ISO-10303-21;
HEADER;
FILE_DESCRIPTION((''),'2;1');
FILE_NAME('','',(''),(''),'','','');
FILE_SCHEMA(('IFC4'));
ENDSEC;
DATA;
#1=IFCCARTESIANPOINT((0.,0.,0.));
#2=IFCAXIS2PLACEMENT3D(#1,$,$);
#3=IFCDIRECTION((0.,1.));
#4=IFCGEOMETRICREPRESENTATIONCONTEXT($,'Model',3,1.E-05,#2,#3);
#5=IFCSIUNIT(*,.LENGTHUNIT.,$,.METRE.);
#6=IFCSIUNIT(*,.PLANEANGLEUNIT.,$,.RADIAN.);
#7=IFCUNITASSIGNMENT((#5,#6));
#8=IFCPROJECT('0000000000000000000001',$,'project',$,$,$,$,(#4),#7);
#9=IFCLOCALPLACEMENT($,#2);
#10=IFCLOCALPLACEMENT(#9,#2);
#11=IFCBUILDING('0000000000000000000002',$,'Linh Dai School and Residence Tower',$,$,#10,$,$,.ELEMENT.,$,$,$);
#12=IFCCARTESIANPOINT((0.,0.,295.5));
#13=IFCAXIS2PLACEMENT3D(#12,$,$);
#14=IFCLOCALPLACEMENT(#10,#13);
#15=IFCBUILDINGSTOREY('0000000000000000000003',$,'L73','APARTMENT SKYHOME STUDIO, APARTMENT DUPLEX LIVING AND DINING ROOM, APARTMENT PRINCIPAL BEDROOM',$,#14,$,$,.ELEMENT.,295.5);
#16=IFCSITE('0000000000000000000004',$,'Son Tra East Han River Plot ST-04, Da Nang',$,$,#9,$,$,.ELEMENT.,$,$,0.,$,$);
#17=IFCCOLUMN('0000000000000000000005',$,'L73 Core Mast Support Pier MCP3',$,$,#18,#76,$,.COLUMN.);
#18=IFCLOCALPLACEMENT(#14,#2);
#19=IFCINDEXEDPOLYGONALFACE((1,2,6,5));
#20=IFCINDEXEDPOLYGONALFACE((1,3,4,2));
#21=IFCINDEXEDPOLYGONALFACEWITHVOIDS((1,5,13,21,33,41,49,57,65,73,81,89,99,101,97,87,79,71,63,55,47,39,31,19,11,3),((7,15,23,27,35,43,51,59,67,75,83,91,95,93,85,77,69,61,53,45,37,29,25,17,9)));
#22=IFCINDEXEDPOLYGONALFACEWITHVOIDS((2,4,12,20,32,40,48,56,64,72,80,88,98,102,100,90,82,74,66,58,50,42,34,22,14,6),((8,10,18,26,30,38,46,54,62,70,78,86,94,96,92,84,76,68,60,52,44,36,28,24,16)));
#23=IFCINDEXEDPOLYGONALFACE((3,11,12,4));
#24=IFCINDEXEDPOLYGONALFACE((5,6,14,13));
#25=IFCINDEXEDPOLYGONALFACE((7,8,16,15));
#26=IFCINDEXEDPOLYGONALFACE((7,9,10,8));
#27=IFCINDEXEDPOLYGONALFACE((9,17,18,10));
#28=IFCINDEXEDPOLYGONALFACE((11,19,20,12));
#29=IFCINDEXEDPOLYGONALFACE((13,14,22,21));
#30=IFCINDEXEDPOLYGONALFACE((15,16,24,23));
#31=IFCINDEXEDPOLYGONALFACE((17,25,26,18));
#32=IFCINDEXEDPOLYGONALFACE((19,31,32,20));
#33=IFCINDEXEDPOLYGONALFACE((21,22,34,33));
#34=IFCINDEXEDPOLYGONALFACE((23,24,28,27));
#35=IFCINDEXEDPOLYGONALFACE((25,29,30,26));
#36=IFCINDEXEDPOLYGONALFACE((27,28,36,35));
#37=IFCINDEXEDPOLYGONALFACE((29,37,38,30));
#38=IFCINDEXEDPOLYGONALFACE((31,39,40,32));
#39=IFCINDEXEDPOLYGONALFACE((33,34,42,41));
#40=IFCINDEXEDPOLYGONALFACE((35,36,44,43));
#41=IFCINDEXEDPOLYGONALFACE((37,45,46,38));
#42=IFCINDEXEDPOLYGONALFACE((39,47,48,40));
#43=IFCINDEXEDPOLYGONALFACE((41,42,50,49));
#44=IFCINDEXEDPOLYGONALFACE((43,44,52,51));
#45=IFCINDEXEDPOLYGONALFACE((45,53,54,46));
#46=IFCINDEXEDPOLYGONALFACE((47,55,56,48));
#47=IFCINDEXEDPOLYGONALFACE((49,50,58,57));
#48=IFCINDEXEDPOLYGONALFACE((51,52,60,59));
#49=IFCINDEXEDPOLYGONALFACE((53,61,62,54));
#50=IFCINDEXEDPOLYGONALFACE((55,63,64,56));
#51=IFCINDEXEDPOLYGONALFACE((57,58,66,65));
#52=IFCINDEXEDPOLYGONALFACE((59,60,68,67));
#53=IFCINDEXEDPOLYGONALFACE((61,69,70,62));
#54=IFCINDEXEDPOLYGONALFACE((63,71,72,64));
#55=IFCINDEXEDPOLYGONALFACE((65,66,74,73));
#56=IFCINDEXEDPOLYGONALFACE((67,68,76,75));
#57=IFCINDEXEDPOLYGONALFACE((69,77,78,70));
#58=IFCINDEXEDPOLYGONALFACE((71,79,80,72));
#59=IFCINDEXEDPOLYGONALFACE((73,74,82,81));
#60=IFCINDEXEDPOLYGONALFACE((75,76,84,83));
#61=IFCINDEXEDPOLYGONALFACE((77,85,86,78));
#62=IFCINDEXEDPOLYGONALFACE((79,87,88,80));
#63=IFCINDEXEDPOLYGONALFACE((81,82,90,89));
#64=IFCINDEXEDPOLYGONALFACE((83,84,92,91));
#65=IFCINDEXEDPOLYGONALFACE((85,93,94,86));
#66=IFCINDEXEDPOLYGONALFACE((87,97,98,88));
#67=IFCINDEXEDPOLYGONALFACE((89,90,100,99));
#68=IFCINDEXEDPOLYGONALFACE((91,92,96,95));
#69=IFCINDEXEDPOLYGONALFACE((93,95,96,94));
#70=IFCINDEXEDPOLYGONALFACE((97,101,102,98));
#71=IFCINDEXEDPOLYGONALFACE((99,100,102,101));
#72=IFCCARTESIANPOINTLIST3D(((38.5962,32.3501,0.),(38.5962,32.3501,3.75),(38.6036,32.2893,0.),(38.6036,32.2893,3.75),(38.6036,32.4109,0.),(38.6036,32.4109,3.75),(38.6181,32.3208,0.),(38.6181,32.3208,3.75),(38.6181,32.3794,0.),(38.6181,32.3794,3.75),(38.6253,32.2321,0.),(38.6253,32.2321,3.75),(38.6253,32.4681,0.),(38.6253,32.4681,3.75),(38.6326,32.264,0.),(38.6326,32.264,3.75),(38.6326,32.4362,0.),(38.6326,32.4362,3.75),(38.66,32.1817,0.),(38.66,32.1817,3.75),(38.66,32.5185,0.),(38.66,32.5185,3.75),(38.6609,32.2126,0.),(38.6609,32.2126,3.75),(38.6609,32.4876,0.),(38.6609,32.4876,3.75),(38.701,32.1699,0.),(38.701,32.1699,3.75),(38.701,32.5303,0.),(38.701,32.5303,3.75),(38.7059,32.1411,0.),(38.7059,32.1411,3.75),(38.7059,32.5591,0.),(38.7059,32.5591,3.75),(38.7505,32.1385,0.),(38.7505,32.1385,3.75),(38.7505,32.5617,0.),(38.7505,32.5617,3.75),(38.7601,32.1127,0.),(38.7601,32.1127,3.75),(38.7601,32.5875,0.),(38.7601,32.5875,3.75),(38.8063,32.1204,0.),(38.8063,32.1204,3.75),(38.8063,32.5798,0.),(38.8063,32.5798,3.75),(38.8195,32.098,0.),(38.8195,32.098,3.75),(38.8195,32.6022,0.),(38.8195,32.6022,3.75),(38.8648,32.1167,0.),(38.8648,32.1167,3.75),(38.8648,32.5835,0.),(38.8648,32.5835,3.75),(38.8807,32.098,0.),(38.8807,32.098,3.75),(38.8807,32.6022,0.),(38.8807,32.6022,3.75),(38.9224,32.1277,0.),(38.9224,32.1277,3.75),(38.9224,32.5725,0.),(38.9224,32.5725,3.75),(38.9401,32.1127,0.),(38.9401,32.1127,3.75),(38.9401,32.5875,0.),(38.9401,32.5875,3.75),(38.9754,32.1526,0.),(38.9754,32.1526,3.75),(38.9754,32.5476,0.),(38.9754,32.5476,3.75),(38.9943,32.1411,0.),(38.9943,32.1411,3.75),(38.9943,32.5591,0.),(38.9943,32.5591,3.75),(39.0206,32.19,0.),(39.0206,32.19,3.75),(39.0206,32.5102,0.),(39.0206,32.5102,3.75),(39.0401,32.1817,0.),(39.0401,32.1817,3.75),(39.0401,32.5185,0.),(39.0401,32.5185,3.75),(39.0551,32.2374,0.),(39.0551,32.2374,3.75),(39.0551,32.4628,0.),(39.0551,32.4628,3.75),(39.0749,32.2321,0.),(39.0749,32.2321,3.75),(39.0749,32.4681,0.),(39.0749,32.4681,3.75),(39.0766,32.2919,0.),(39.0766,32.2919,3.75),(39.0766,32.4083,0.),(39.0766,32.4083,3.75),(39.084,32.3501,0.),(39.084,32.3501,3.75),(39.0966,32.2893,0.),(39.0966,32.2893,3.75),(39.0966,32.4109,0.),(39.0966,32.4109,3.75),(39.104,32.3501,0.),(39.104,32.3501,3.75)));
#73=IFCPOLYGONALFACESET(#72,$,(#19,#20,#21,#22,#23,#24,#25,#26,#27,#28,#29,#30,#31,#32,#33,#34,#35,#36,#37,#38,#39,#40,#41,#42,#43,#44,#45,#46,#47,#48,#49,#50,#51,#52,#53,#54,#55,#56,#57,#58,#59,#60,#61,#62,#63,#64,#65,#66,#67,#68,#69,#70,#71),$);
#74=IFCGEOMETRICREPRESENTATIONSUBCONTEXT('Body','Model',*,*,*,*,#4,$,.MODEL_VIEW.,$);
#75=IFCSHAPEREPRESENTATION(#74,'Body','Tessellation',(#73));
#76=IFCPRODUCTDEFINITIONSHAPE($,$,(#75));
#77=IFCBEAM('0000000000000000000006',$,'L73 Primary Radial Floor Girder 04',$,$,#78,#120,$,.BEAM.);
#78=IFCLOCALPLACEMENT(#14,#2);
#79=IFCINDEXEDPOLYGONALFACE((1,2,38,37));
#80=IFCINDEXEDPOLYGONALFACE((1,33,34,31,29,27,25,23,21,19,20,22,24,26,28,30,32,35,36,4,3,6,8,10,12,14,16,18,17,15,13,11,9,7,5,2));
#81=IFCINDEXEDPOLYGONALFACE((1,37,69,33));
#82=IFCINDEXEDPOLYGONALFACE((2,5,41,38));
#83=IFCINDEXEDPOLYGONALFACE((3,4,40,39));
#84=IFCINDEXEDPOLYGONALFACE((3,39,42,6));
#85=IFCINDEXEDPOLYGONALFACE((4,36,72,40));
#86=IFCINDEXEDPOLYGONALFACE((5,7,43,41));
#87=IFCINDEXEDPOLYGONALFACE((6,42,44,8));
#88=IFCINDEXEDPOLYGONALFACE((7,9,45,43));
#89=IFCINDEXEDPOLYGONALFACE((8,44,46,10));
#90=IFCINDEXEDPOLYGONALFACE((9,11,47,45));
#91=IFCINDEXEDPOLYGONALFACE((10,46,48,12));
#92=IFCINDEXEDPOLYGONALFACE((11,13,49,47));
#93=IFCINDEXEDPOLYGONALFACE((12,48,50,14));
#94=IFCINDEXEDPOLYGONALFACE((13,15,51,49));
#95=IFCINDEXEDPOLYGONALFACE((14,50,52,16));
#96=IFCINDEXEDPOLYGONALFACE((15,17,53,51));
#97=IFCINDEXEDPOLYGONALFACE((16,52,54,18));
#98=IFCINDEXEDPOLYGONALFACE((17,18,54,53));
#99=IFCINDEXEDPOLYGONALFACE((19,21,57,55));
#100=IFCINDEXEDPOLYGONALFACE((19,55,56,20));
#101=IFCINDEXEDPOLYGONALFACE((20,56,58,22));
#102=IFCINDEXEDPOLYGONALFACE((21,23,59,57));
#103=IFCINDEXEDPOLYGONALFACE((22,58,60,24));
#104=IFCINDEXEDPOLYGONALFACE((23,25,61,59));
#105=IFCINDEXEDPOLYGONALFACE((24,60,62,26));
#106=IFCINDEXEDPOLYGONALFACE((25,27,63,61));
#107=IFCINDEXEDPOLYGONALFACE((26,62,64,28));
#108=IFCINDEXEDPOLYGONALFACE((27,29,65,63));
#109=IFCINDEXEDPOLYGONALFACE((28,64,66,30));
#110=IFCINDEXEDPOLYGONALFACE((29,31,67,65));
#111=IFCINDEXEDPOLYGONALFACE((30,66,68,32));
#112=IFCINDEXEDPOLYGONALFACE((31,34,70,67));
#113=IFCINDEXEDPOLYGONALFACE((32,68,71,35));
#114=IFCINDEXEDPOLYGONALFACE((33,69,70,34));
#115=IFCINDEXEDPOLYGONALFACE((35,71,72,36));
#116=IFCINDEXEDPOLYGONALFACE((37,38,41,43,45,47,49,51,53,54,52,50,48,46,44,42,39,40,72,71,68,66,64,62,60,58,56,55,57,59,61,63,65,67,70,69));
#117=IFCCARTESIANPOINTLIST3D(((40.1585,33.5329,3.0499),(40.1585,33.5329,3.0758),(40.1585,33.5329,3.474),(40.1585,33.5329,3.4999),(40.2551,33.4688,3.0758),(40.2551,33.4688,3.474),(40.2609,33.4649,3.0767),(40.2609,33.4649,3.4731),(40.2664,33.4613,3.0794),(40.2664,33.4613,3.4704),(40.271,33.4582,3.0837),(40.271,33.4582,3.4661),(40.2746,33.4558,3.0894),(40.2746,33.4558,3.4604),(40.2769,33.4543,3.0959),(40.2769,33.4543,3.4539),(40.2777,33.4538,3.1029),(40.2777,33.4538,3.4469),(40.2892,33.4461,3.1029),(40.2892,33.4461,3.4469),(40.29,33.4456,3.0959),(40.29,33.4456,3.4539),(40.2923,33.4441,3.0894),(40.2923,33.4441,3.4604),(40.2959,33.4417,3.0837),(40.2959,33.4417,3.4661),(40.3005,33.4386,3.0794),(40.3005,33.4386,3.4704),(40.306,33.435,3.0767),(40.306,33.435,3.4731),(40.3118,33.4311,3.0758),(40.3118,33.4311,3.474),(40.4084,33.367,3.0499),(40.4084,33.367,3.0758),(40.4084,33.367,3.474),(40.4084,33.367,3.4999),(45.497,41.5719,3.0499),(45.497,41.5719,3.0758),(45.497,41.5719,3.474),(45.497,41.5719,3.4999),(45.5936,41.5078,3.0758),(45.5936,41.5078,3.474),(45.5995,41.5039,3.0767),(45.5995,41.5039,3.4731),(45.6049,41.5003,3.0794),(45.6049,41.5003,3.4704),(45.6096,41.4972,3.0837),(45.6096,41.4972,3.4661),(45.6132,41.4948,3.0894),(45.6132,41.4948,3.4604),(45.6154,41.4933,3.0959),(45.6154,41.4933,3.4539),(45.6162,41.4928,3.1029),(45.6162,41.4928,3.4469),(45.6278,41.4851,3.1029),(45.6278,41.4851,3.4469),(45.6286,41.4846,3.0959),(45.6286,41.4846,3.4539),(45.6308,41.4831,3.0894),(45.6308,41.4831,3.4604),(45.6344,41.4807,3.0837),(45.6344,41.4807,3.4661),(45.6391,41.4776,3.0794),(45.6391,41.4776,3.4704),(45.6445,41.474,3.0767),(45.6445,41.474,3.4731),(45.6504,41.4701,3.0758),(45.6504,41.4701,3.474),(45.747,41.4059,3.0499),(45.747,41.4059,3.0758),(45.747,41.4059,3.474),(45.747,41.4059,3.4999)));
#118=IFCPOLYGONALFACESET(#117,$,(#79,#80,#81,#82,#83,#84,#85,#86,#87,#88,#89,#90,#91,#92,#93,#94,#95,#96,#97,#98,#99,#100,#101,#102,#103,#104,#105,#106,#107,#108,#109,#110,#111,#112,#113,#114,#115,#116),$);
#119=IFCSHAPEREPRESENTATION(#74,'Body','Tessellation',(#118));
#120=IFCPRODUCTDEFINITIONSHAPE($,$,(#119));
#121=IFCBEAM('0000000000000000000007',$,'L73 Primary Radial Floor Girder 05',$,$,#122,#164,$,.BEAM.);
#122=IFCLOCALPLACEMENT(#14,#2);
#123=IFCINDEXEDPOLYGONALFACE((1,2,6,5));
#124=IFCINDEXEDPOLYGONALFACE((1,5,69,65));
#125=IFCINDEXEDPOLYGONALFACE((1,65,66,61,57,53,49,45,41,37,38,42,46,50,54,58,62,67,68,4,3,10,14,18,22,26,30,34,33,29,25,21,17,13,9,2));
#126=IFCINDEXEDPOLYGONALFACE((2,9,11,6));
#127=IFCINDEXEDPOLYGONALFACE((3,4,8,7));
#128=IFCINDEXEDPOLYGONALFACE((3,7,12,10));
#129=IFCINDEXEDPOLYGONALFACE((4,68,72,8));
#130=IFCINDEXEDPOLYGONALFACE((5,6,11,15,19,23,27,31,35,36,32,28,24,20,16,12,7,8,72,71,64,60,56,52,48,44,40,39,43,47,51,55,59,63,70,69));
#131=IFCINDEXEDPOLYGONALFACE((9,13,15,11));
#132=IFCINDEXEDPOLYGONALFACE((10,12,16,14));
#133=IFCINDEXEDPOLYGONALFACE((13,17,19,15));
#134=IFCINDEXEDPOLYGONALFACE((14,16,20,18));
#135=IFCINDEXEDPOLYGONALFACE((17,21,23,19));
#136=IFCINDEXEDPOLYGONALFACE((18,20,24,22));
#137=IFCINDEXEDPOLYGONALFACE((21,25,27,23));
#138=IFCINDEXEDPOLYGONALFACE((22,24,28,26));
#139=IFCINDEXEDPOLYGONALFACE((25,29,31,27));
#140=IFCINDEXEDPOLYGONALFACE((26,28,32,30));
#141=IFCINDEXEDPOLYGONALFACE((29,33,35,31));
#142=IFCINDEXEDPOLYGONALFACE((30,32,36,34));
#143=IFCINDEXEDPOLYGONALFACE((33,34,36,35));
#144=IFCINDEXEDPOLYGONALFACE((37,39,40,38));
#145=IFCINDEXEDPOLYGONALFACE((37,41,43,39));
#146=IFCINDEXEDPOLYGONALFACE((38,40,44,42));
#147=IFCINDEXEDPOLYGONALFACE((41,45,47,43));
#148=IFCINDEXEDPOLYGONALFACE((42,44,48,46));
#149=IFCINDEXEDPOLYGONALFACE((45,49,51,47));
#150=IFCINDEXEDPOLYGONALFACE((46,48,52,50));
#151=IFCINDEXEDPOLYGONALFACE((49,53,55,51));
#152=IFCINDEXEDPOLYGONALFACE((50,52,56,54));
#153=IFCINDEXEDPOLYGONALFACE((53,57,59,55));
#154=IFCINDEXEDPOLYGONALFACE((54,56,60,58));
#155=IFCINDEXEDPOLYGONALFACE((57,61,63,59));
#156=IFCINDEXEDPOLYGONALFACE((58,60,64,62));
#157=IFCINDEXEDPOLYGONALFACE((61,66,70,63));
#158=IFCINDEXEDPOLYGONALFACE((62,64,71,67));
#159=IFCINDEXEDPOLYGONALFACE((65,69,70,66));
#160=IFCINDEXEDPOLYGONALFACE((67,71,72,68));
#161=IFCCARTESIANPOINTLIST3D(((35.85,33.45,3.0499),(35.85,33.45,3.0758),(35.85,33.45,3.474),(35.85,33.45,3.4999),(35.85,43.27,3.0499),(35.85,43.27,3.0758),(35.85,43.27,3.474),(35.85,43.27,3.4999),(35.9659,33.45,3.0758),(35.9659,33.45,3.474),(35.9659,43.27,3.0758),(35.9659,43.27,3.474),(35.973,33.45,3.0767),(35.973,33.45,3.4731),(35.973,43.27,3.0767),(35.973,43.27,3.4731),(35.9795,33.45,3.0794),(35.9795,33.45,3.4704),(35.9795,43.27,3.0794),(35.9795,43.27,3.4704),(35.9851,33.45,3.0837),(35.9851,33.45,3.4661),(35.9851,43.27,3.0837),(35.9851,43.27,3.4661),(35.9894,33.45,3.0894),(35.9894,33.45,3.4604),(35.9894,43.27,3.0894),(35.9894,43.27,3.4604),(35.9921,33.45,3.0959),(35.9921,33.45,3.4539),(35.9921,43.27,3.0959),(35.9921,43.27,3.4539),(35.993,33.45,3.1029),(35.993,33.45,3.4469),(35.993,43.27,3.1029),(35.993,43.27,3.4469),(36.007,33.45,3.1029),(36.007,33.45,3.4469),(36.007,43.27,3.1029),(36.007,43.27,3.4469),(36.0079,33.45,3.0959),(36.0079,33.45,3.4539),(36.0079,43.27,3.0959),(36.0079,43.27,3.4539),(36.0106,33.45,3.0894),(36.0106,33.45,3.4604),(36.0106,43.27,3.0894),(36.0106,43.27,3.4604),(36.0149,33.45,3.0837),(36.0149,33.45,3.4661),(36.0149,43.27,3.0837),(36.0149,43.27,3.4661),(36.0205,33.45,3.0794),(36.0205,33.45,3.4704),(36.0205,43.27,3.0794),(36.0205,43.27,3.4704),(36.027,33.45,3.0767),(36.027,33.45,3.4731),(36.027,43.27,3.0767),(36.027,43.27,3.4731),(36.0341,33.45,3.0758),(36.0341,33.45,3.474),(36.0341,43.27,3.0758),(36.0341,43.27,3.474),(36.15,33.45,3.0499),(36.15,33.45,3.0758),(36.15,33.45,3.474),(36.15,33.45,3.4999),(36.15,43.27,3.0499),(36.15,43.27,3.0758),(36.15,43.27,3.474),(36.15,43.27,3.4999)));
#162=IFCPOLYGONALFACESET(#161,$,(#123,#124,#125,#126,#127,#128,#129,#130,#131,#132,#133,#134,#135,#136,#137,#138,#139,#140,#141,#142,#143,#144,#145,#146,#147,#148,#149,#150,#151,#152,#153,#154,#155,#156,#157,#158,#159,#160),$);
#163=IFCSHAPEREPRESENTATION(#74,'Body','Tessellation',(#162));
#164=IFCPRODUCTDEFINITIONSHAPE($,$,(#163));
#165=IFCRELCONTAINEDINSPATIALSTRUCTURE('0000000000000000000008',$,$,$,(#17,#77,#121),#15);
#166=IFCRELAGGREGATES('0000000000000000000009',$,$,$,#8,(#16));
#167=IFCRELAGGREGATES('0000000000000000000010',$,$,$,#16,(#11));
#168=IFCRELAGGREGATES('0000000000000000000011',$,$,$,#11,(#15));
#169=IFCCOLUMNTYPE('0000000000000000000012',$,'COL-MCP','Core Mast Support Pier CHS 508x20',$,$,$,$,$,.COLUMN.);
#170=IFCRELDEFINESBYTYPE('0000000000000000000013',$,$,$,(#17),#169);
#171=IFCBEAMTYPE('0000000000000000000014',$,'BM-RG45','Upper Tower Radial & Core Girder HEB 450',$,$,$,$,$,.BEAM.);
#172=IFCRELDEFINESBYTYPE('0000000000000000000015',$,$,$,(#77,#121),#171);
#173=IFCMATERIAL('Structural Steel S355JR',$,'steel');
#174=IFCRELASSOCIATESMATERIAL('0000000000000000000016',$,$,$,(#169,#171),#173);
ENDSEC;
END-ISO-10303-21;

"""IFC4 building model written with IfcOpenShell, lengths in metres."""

from ifc_helpers import new_model, si_unit, direction, frame, origin, origin_2d, place, context, subcontext, project, spatial, hollow_circle, i_section, extrude, material, material_profile, profile_set, type_object, element, save


model = new_model("IFC4")

# Units and contexts
model_context = context("Model", 3, precision=1e-05, world=origin(), true_north=direction((0.0, 1.0)))
body_context = subcontext(model_context, "Body", "Model", "MODEL_VIEW")
ifc_project = project(units=[si_unit("LENGTHUNIT", "METRE"), si_unit("PLANEANGLEUNIT", "RADIAN")], contexts=[model_context])

# Site, building, storey
site_placement = place(None, origin())
site = spatial("IfcSite", under=ifc_project, at=site_placement, Name="Son Tra East Han River Plot ST-04, Da Nang", CompositionType="ELEMENT", RefElevation=0.0)
building_placement = place(site_placement, origin())
building = spatial("IfcBuilding", under=site, at=building_placement, Name="Linh Dai School and Residence Tower", CompositionType="ELEMENT")
storey_placement = place(building_placement, frame((0.0, 0.0, 295.5)))
storey = spatial("IfcBuildingStorey", under=building, at=storey_placement, Name="L73", Description="APARTMENT SKYHOME STUDIO, APARTMENT DUPLEX LIVING AND DINING ROOM, APARTMENT PRINCIPAL BEDROOM", CompositionType="ELEMENT", Elevation=295.5)

# Column
ifc_material_1 = material(Name="Structural Steel S355JR", Category="steel")
ifc_material_profile_1 = material_profile(ifc_material_1, hollow_circle(Radius=0.2539, WallThickness=0.02, at=origin_2d()), Name="CHS 508x20")
ifc_profile_set_1 = profile_set([ifc_material_profile_1], Name="Structural Steel S355JR")
column_type_1 = type_object("IfcColumnType", Name="COL-MCP", Description="Core Mast Support Pier CHS 508x20", PredefinedType="COLUMN", material=ifc_profile_set_1)
column_placement = place(storey_placement, frame((38.8501, 32.3501, 0.0), z_axis=(0.0, 0.0, 1.0), x_axis=(1.0, 0.0, 0.0)))
element("IfcColumn", 1, at=column_placement, inside=storey, type_object=column_type_1, Name="L73 Core Mast Support Pier MCP3", PredefinedType="COLUMN", context=body_context, shape_type="SweptSolid", body=[
    extrude(hollow_circle(Radius=0.2539, WallThickness=0.02, at=origin_2d()), origin(), (0.0, 0.0, 1.0), 3.75),
])

# Beams
ifc_material_profile_2 = material_profile(ifc_material_1, i_section(OverallWidth=0.3, OverallDepth=0.45, WebThickness=0.0139, FlangeThickness=0.0259, FilletRadius=0.0271, at=origin_2d()), Name="HEB 450")
ifc_profile_set_2 = profile_set([ifc_material_profile_2], Name="Structural Steel S355JR")
beam_type_1 = type_object("IfcBeamType", Name="BM-RG45", Description="Upper Tower Radial & Core Girder HEB 450", PredefinedType="BEAM", material=ifc_profile_set_2)
beam_1_placement = place(storey_placement, frame((40.2834, 33.45, 3.2749), z_axis=(0.553211, 0.833041, 0.0), x_axis=(-0.833041, 0.553211, 0.0)))
element("IfcBeam", 2, at=beam_1_placement, inside=storey, type_object=beam_type_1, Name="L73 Primary Radial Floor Girder 04", PredefinedType="BEAM", context=body_context, shape_type="SweptSolid", body=[
    extrude(i_section(OverallWidth=0.3, OverallDepth=0.45, WebThickness=0.0139, FlangeThickness=0.0259, FilletRadius=0.0271, at=origin_2d()), origin(), (0.0, 0.0, 1.0), 9.6501),
])
beam_2_placement = place(storey_placement, frame((36.0, 33.45, 3.2749), z_axis=(0.0, 1.0, 0.0), x_axis=(-1.0, 0.0, 0.0)))
element("IfcBeam", 3, at=beam_2_placement, inside=storey, type_object=beam_type_1, Name="L73 Primary Radial Floor Girder 05", PredefinedType="BEAM", context=body_context, shape_type="SweptSolid", body=[
    extrude(i_section(OverallWidth=0.3, OverallDepth=0.45, WebThickness=0.0139, FlangeThickness=0.0259, FilletRadius=0.0271, at=origin_2d()), origin(), (0.0, 0.0, 1.0), 9.8201),
])

save(model, "model.ifc")
